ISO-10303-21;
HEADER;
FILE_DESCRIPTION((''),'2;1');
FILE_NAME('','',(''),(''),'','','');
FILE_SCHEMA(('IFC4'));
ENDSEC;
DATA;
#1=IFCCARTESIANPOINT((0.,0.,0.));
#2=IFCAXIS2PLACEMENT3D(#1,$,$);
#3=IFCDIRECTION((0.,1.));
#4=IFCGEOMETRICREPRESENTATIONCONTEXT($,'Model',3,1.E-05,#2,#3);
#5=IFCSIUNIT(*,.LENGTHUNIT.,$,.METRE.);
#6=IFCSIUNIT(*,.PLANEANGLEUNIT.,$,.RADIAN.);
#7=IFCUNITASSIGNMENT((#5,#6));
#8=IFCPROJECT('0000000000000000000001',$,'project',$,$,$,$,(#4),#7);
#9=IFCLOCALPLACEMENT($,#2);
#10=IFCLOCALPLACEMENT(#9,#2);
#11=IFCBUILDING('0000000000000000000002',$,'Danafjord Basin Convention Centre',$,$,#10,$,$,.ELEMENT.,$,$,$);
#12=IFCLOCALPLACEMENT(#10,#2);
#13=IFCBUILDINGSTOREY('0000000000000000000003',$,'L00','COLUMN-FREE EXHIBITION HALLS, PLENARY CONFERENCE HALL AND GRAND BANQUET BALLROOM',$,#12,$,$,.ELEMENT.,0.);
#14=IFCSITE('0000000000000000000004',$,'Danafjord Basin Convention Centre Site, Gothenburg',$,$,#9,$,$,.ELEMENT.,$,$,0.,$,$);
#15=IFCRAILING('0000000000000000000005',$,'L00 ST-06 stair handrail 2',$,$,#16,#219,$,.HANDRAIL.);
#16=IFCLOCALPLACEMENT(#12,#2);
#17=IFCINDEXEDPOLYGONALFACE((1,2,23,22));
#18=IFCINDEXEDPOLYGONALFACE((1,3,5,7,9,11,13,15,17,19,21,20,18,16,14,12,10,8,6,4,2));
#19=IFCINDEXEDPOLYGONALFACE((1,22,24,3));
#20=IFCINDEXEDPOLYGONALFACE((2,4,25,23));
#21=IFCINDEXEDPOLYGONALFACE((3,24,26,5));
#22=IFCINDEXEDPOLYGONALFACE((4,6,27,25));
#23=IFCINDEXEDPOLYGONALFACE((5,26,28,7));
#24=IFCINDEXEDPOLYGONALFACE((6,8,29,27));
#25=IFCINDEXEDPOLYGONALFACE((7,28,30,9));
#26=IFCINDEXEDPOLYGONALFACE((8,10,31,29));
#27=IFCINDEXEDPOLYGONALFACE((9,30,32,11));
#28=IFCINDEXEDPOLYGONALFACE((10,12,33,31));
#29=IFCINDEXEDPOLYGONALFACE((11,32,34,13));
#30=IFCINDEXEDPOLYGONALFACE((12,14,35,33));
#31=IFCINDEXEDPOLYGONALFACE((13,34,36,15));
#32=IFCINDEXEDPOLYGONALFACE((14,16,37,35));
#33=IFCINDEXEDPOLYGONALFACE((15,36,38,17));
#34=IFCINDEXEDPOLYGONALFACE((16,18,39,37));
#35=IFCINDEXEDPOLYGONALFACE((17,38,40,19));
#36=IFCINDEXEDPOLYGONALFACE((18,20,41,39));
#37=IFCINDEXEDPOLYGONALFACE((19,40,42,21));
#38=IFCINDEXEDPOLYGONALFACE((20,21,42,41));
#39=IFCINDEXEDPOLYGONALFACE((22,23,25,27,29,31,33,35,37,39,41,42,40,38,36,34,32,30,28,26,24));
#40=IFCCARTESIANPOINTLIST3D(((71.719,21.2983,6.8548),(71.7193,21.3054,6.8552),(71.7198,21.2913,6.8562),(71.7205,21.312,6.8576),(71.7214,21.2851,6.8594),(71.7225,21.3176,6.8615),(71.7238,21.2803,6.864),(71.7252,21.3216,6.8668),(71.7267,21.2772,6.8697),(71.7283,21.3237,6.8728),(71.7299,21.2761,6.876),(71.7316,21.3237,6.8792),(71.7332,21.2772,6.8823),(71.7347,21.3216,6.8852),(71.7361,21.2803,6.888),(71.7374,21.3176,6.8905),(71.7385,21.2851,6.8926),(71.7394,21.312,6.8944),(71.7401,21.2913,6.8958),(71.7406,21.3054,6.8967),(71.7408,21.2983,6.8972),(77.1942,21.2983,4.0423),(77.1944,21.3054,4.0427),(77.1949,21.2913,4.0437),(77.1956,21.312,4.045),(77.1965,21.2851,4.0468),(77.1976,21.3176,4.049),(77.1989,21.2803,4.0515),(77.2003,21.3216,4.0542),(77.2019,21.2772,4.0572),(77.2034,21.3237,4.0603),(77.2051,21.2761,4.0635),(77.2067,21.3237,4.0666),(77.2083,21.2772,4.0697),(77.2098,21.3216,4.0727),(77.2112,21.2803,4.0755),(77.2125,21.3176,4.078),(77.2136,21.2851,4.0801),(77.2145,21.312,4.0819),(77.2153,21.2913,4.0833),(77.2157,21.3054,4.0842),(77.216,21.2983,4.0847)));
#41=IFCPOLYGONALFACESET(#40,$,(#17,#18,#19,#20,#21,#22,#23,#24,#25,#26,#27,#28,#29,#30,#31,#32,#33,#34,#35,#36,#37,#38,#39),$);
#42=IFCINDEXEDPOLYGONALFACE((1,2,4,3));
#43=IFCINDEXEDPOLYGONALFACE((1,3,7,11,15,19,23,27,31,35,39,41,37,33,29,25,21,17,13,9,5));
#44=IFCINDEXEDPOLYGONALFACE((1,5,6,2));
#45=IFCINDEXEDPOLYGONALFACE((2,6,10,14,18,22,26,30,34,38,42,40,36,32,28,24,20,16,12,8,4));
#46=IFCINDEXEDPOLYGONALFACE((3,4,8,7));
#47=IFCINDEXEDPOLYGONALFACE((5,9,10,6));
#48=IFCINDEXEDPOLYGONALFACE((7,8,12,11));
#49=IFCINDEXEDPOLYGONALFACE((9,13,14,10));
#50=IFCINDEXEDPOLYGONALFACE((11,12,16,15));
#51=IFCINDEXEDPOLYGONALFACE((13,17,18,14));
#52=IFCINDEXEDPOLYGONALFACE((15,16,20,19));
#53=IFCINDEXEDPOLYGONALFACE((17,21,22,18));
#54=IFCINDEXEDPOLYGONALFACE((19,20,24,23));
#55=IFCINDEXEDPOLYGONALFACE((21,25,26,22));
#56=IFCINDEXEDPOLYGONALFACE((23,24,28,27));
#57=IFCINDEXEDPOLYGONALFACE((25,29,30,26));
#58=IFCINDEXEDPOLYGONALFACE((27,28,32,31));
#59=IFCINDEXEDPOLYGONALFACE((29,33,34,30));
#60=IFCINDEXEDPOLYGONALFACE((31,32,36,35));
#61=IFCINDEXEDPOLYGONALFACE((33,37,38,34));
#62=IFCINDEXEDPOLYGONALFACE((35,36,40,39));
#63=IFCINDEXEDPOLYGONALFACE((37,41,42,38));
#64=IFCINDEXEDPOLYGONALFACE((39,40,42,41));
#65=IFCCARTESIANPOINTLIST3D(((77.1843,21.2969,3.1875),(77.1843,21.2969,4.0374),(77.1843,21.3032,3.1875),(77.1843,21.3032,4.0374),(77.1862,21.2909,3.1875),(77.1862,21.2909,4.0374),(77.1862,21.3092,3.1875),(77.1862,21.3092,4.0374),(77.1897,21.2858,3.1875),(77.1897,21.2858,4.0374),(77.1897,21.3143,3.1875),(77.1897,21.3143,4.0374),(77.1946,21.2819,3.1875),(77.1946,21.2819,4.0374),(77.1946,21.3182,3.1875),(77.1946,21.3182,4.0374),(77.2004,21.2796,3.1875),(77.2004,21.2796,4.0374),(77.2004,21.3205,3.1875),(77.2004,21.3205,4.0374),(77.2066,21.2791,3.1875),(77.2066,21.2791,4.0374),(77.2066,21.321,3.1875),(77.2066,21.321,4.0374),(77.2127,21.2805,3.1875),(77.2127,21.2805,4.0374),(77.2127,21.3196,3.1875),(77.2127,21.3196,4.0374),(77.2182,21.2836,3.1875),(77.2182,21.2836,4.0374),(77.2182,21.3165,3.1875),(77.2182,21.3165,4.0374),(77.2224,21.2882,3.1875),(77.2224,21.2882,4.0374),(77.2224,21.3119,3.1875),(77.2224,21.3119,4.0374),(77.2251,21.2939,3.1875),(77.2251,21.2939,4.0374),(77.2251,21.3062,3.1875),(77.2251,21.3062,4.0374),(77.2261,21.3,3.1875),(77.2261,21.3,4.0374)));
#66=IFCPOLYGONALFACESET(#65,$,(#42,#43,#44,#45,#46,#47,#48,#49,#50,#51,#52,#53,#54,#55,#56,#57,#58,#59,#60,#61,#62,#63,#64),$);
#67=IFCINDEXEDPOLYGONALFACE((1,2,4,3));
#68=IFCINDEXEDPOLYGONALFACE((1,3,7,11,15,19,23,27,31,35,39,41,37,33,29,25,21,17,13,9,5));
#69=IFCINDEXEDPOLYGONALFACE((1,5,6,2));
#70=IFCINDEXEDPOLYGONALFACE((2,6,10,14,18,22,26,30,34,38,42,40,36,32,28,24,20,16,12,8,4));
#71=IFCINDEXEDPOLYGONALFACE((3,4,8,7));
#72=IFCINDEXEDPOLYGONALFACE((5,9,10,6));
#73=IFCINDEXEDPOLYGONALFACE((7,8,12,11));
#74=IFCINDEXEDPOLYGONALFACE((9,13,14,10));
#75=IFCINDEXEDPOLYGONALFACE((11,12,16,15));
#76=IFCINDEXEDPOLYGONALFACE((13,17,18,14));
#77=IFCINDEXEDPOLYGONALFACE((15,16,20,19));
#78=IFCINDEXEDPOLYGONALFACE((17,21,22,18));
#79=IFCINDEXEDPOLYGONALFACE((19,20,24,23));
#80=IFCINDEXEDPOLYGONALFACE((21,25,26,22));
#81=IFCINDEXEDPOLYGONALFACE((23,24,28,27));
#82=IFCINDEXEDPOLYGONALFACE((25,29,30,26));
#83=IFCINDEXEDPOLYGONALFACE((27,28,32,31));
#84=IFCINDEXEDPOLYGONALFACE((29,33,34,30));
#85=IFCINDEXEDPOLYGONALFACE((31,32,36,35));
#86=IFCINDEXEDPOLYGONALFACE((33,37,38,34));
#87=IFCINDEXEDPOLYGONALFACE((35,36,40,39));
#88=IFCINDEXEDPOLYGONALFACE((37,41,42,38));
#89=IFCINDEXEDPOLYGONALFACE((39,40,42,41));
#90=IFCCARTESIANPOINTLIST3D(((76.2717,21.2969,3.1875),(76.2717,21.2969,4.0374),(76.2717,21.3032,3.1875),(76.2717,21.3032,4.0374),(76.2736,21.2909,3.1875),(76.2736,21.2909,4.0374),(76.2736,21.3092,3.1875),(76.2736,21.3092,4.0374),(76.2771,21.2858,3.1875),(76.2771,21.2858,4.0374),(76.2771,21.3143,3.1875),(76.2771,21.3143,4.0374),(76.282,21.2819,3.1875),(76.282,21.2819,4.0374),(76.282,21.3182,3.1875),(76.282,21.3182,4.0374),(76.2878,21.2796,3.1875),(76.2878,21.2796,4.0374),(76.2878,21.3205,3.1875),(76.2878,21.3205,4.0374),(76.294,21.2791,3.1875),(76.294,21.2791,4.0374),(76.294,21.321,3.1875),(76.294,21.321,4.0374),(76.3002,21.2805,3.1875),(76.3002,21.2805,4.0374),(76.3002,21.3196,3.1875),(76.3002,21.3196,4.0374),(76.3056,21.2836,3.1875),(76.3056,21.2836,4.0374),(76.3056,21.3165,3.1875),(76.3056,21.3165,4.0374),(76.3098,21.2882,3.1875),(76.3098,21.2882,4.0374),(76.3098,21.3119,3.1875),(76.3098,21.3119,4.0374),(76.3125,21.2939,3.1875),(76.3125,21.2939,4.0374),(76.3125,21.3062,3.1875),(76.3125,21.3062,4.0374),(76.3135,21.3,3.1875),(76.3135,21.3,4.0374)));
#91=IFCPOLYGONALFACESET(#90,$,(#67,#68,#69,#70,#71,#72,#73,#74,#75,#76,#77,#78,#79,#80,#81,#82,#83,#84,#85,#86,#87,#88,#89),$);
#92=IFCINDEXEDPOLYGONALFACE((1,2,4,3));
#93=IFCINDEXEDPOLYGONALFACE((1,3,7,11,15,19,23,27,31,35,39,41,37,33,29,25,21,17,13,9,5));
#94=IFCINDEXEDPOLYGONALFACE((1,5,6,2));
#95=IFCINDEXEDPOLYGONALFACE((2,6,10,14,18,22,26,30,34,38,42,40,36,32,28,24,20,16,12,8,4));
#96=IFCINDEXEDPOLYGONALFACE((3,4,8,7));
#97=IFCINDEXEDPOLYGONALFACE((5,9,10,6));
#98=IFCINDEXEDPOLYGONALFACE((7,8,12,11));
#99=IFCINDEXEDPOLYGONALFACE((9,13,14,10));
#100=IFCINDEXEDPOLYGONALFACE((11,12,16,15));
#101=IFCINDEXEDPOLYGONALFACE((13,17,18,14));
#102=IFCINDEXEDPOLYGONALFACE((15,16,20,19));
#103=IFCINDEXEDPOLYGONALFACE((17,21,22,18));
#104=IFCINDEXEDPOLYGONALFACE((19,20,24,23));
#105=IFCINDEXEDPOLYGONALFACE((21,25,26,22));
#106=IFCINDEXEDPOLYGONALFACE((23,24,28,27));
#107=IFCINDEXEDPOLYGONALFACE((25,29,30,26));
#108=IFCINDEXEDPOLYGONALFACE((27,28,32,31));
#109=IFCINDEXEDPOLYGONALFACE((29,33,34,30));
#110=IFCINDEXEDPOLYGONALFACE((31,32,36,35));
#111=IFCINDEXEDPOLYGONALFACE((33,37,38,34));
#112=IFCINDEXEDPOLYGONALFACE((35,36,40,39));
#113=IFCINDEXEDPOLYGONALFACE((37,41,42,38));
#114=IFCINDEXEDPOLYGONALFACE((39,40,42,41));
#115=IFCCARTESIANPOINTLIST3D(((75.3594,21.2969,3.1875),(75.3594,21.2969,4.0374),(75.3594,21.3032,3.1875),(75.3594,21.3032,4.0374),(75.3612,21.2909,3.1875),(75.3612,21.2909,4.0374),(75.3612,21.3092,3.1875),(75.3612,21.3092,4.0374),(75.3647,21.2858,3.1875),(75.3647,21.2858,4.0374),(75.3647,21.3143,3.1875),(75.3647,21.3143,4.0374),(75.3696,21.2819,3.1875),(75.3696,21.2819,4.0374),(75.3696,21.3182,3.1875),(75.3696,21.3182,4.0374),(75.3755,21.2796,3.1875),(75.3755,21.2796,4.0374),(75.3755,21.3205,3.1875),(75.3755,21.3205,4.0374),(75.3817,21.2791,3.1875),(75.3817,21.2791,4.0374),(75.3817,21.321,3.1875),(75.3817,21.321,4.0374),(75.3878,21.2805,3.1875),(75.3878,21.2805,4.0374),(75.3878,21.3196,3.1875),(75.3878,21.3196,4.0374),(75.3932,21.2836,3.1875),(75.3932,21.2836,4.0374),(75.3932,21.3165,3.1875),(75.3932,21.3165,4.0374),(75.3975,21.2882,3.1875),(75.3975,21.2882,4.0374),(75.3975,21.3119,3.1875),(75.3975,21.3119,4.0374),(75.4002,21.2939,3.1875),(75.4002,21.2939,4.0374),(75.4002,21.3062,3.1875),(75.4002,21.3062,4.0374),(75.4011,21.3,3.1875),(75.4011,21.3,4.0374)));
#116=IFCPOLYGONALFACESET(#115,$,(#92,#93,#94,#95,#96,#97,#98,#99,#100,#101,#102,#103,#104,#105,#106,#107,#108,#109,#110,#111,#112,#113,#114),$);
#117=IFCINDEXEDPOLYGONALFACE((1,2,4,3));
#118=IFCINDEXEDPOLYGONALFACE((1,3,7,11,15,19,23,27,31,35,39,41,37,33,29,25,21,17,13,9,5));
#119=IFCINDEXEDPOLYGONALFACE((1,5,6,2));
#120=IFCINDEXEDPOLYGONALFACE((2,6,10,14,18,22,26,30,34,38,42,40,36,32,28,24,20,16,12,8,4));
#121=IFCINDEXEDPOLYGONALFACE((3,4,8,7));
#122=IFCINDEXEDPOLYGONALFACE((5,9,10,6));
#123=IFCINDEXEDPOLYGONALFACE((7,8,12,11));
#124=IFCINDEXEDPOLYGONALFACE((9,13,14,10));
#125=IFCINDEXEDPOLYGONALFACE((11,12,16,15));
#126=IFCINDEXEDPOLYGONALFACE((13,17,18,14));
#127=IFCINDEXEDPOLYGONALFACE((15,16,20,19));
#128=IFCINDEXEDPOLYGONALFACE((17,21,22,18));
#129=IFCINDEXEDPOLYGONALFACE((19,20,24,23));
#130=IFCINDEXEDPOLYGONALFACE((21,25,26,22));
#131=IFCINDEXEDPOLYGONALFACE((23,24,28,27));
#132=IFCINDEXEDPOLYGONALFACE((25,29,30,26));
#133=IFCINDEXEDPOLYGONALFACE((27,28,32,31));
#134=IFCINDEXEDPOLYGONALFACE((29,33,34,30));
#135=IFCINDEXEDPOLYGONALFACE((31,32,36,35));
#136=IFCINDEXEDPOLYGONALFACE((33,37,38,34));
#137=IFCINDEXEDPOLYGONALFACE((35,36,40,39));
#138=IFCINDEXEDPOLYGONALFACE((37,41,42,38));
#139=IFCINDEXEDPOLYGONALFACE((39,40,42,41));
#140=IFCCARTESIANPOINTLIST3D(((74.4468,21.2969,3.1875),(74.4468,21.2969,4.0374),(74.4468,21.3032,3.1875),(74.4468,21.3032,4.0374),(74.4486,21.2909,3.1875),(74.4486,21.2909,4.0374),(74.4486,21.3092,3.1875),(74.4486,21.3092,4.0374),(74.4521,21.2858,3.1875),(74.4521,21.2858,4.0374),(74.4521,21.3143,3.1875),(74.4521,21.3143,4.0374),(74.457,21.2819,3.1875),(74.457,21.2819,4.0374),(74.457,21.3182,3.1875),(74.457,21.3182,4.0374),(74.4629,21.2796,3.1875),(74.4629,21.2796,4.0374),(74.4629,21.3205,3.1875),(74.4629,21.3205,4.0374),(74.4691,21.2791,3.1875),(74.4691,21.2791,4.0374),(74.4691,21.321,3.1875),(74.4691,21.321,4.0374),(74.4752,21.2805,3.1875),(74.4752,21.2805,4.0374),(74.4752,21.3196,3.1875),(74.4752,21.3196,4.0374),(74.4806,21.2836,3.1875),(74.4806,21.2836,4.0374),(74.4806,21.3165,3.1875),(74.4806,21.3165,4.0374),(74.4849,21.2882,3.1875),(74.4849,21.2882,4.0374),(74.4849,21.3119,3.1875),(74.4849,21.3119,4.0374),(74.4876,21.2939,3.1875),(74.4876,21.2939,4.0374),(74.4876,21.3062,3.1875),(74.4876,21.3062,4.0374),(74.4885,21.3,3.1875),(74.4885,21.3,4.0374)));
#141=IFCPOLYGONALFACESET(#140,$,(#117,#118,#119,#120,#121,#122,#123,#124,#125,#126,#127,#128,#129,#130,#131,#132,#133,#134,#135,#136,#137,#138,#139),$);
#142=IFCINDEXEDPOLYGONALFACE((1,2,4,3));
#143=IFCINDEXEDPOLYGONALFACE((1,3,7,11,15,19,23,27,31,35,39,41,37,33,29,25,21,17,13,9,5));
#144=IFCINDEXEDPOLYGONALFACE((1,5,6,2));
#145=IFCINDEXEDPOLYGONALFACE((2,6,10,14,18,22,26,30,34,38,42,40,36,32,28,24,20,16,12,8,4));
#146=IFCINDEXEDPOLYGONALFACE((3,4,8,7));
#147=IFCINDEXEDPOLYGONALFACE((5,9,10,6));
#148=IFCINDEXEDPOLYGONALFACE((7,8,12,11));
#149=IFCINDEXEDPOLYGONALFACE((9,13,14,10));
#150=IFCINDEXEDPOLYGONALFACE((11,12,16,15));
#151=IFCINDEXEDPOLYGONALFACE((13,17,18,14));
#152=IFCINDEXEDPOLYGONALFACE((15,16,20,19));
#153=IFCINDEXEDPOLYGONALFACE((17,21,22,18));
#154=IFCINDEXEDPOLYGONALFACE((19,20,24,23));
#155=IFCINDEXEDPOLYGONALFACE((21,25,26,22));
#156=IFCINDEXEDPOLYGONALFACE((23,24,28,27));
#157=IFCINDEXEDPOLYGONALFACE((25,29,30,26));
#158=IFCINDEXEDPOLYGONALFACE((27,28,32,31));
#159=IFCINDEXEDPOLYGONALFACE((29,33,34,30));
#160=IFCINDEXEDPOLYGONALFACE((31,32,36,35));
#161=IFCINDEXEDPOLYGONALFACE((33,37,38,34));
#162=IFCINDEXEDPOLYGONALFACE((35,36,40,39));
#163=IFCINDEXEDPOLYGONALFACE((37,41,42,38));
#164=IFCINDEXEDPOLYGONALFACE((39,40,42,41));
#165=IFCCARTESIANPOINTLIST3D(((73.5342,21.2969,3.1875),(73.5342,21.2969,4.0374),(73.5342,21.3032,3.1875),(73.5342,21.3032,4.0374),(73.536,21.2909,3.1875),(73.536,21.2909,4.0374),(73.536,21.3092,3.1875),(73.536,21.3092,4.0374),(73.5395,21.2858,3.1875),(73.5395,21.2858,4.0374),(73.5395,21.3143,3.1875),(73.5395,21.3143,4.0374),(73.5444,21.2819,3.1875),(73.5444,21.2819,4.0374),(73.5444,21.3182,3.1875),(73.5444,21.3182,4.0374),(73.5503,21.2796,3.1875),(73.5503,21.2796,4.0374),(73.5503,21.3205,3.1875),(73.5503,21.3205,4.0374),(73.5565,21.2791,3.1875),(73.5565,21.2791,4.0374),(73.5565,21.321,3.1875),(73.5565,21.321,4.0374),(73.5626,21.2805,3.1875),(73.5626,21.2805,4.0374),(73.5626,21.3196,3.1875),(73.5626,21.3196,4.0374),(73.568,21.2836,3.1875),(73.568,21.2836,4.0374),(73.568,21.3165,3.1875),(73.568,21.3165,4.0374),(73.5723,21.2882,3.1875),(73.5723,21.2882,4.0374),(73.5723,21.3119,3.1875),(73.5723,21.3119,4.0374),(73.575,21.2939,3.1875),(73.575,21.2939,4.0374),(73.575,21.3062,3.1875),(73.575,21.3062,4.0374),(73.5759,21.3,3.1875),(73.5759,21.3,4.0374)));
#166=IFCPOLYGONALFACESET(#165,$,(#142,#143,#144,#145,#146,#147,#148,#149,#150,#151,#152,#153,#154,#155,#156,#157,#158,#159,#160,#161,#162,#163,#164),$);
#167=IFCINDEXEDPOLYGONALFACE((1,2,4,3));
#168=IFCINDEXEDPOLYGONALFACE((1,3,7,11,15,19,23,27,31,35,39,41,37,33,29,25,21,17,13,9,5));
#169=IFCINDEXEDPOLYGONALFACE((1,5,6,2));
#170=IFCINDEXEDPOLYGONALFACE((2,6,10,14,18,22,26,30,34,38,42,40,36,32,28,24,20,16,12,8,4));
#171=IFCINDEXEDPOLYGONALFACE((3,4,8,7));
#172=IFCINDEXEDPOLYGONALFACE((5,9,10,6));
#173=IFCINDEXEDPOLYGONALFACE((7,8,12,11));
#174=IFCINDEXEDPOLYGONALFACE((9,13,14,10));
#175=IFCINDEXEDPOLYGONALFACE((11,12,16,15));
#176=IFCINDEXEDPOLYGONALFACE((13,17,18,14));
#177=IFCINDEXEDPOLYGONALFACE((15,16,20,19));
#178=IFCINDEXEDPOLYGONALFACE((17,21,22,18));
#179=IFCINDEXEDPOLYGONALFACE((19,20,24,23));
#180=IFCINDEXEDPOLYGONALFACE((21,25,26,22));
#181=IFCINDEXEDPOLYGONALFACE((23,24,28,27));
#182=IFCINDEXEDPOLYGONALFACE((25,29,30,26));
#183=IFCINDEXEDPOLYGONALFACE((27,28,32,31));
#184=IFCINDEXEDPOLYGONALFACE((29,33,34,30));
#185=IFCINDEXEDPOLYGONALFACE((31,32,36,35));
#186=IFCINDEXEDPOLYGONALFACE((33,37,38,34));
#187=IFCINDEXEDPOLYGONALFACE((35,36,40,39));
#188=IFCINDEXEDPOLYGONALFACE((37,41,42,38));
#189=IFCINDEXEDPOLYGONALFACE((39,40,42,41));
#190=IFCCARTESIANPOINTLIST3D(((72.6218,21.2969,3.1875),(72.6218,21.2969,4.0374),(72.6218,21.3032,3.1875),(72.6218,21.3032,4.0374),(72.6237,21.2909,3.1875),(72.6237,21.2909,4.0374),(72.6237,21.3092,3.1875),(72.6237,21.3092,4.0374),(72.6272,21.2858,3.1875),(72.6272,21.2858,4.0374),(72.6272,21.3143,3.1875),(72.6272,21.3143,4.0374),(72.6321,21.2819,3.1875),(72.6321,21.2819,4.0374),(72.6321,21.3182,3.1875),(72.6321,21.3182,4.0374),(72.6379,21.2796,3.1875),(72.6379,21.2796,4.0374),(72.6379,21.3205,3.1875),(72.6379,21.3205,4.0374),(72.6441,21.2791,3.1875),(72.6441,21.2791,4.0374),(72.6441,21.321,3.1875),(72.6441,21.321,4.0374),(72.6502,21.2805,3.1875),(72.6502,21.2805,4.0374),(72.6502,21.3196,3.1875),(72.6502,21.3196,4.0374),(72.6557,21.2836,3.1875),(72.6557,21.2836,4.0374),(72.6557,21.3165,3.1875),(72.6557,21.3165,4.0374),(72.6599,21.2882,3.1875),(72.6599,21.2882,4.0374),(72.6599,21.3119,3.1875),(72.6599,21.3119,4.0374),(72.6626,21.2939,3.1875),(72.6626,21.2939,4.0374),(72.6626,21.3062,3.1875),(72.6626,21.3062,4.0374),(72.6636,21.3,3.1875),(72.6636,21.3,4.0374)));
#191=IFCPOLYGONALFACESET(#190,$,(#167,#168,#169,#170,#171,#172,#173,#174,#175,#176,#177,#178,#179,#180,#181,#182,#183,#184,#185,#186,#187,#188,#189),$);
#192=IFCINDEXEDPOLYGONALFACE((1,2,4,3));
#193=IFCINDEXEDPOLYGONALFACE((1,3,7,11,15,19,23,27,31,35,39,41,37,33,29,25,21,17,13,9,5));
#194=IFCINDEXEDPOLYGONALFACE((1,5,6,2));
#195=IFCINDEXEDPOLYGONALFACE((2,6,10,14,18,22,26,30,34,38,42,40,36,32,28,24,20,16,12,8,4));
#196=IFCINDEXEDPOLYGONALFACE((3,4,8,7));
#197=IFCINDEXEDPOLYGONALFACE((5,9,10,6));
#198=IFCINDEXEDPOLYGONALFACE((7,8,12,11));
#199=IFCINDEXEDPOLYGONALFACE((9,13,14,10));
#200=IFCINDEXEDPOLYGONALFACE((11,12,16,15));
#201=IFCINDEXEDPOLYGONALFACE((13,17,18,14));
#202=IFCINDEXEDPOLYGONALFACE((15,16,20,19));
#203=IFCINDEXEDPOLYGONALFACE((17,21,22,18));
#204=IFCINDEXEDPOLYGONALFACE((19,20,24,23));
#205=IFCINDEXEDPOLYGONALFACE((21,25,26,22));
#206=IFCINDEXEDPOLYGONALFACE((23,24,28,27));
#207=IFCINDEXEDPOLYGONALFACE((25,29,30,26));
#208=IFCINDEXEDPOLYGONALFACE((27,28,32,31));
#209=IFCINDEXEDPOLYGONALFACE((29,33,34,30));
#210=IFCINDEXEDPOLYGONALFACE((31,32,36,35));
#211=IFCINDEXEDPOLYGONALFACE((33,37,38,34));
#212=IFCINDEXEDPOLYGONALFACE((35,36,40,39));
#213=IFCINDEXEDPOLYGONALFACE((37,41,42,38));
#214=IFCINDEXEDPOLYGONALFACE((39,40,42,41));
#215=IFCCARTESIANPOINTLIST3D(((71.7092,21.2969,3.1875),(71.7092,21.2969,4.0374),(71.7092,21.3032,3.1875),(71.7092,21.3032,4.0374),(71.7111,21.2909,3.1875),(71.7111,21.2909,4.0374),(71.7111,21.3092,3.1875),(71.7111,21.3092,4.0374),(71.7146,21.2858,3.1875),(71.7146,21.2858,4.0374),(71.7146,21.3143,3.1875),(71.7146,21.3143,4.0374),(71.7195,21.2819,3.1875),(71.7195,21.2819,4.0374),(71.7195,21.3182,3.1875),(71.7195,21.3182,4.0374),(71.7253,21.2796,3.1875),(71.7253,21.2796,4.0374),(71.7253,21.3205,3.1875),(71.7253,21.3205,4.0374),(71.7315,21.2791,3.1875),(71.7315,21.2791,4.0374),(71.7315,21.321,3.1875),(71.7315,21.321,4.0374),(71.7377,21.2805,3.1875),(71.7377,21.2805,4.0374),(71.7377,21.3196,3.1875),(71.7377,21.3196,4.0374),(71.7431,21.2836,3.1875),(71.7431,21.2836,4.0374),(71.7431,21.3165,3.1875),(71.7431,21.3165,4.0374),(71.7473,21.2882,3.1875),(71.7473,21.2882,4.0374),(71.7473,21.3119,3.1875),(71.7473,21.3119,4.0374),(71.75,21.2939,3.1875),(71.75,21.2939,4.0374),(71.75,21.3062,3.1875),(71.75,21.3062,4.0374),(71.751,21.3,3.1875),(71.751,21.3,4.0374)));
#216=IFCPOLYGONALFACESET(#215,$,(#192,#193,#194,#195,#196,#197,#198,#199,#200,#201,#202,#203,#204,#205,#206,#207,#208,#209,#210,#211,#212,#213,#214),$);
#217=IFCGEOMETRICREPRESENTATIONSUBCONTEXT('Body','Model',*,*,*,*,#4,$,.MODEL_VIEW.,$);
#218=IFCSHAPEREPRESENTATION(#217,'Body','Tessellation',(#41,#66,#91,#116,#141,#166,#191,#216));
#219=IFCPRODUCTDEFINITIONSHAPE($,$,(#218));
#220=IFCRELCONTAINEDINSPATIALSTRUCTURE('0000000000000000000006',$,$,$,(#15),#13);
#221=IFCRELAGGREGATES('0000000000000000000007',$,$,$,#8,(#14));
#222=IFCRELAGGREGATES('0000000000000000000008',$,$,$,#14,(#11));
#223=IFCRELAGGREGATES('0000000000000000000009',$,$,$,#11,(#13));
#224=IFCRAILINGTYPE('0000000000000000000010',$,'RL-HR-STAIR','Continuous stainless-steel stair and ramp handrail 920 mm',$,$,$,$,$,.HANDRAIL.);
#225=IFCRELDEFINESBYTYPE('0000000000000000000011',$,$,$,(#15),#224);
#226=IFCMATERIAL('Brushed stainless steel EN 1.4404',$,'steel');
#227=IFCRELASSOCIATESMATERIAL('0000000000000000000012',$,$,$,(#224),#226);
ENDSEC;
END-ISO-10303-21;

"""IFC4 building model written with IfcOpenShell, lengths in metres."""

from ifc_helpers import new_model, si_unit, direction, frame, origin, origin_2d, place, context, subcontext, project, spatial, circle, extrude, material, type_object, element, save


model = new_model("IFC4")

# Units and contexts
model_context = context("Model", 3, precision=1e-05, world=origin(), true_north=direction((0.0, 1.0)))
body_context = subcontext(model_context, "Body", "Model", "MODEL_VIEW")
ifc_project = project(units=[si_unit("LENGTHUNIT", "METRE"), si_unit("PLANEANGLEUNIT", "RADIAN")], contexts=[model_context])

# Site, building, storey
site_placement = place(None, origin())
site = spatial("IfcSite", under=ifc_project, at=site_placement, Name="Danafjord Basin Convention Centre Site, Gothenburg", CompositionType="ELEMENT", RefElevation=0.0)
building_placement = place(site_placement, origin())
building = spatial("IfcBuilding", under=site, at=building_placement, Name="Danafjord Basin Convention Centre", CompositionType="ELEMENT")
storey_placement = place(building_placement, origin())
storey = spatial("IfcBuildingStorey", under=building, at=storey_placement, Name="L00", Description="COLUMN-FREE EXHIBITION HALLS, PLENARY CONFERENCE HALL AND GRAND BANQUET BALLROOM", CompositionType="ELEMENT", Elevation=0.0)

# Railing
ifc_material_1 = material(Name="Brushed stainless steel EN 1.4404", Category="steel")
railing_type_1 = type_object("IfcRailingType", Name="RL-HR-STAIR", Description="Continuous stainless-steel stair and ramp handrail 920 mm", PredefinedType="HANDRAIL", material=ifc_material_1)
for number, where, name in (
    (1, (77.2051, 21.3, 3.1875), "L00 ST-06 stair handrail 2"),
):
    element("IfcRailing", number, at=place(storey_placement, frame(where)), inside=storey, type_object=railing_type_1, Name=name, PredefinedType="HANDRAIL", context=body_context, shape_type="SweptSolid", body=[
        extrude(circle(Radius=0.0239, at=origin_2d()), frame((0.0, 0.0, 0.876), z_axis=(-0.889503, 0.0, 0.456929), x_axis=(0.0, -1.0, 0.0)), (0.0, 0.0, 1.0), 6.1553),
        extrude(circle(Radius=0.021, at=origin_2d()), origin(), (0.0, 0.0, 1.0), 0.8499),
        extrude(circle(Radius=0.021, at=origin_2d()), frame((-0.9126, 0.0, 0.0)), (0.0, 0.0, 1.0), 0.8499),
        extrude(circle(Radius=0.021, at=origin_2d()), frame((-1.825, 0.0, 0.0)), (0.0, 0.0, 1.0), 0.8499),
        extrude(circle(Radius=0.021, at=origin_2d()), frame((-2.7375, 0.0, 0.0)), (0.0, 0.0, 1.0), 0.8499),
        extrude(circle(Radius=0.021, at=origin_2d()), frame((-3.6501, 0.0, 0.0)), (0.0, 0.0, 1.0), 0.8499),
        extrude(circle(Radius=0.021, at=origin_2d()), frame((-4.5625, 0.0, 0.0)), (0.0, 0.0, 1.0), 0.8499),
        extrude(circle(Radius=0.021, at=origin_2d()), frame((-5.4751, 0.0, 0.0)), (0.0, 0.0, 1.0), 0.8499),
    ])

save(model, "model.ifc")
